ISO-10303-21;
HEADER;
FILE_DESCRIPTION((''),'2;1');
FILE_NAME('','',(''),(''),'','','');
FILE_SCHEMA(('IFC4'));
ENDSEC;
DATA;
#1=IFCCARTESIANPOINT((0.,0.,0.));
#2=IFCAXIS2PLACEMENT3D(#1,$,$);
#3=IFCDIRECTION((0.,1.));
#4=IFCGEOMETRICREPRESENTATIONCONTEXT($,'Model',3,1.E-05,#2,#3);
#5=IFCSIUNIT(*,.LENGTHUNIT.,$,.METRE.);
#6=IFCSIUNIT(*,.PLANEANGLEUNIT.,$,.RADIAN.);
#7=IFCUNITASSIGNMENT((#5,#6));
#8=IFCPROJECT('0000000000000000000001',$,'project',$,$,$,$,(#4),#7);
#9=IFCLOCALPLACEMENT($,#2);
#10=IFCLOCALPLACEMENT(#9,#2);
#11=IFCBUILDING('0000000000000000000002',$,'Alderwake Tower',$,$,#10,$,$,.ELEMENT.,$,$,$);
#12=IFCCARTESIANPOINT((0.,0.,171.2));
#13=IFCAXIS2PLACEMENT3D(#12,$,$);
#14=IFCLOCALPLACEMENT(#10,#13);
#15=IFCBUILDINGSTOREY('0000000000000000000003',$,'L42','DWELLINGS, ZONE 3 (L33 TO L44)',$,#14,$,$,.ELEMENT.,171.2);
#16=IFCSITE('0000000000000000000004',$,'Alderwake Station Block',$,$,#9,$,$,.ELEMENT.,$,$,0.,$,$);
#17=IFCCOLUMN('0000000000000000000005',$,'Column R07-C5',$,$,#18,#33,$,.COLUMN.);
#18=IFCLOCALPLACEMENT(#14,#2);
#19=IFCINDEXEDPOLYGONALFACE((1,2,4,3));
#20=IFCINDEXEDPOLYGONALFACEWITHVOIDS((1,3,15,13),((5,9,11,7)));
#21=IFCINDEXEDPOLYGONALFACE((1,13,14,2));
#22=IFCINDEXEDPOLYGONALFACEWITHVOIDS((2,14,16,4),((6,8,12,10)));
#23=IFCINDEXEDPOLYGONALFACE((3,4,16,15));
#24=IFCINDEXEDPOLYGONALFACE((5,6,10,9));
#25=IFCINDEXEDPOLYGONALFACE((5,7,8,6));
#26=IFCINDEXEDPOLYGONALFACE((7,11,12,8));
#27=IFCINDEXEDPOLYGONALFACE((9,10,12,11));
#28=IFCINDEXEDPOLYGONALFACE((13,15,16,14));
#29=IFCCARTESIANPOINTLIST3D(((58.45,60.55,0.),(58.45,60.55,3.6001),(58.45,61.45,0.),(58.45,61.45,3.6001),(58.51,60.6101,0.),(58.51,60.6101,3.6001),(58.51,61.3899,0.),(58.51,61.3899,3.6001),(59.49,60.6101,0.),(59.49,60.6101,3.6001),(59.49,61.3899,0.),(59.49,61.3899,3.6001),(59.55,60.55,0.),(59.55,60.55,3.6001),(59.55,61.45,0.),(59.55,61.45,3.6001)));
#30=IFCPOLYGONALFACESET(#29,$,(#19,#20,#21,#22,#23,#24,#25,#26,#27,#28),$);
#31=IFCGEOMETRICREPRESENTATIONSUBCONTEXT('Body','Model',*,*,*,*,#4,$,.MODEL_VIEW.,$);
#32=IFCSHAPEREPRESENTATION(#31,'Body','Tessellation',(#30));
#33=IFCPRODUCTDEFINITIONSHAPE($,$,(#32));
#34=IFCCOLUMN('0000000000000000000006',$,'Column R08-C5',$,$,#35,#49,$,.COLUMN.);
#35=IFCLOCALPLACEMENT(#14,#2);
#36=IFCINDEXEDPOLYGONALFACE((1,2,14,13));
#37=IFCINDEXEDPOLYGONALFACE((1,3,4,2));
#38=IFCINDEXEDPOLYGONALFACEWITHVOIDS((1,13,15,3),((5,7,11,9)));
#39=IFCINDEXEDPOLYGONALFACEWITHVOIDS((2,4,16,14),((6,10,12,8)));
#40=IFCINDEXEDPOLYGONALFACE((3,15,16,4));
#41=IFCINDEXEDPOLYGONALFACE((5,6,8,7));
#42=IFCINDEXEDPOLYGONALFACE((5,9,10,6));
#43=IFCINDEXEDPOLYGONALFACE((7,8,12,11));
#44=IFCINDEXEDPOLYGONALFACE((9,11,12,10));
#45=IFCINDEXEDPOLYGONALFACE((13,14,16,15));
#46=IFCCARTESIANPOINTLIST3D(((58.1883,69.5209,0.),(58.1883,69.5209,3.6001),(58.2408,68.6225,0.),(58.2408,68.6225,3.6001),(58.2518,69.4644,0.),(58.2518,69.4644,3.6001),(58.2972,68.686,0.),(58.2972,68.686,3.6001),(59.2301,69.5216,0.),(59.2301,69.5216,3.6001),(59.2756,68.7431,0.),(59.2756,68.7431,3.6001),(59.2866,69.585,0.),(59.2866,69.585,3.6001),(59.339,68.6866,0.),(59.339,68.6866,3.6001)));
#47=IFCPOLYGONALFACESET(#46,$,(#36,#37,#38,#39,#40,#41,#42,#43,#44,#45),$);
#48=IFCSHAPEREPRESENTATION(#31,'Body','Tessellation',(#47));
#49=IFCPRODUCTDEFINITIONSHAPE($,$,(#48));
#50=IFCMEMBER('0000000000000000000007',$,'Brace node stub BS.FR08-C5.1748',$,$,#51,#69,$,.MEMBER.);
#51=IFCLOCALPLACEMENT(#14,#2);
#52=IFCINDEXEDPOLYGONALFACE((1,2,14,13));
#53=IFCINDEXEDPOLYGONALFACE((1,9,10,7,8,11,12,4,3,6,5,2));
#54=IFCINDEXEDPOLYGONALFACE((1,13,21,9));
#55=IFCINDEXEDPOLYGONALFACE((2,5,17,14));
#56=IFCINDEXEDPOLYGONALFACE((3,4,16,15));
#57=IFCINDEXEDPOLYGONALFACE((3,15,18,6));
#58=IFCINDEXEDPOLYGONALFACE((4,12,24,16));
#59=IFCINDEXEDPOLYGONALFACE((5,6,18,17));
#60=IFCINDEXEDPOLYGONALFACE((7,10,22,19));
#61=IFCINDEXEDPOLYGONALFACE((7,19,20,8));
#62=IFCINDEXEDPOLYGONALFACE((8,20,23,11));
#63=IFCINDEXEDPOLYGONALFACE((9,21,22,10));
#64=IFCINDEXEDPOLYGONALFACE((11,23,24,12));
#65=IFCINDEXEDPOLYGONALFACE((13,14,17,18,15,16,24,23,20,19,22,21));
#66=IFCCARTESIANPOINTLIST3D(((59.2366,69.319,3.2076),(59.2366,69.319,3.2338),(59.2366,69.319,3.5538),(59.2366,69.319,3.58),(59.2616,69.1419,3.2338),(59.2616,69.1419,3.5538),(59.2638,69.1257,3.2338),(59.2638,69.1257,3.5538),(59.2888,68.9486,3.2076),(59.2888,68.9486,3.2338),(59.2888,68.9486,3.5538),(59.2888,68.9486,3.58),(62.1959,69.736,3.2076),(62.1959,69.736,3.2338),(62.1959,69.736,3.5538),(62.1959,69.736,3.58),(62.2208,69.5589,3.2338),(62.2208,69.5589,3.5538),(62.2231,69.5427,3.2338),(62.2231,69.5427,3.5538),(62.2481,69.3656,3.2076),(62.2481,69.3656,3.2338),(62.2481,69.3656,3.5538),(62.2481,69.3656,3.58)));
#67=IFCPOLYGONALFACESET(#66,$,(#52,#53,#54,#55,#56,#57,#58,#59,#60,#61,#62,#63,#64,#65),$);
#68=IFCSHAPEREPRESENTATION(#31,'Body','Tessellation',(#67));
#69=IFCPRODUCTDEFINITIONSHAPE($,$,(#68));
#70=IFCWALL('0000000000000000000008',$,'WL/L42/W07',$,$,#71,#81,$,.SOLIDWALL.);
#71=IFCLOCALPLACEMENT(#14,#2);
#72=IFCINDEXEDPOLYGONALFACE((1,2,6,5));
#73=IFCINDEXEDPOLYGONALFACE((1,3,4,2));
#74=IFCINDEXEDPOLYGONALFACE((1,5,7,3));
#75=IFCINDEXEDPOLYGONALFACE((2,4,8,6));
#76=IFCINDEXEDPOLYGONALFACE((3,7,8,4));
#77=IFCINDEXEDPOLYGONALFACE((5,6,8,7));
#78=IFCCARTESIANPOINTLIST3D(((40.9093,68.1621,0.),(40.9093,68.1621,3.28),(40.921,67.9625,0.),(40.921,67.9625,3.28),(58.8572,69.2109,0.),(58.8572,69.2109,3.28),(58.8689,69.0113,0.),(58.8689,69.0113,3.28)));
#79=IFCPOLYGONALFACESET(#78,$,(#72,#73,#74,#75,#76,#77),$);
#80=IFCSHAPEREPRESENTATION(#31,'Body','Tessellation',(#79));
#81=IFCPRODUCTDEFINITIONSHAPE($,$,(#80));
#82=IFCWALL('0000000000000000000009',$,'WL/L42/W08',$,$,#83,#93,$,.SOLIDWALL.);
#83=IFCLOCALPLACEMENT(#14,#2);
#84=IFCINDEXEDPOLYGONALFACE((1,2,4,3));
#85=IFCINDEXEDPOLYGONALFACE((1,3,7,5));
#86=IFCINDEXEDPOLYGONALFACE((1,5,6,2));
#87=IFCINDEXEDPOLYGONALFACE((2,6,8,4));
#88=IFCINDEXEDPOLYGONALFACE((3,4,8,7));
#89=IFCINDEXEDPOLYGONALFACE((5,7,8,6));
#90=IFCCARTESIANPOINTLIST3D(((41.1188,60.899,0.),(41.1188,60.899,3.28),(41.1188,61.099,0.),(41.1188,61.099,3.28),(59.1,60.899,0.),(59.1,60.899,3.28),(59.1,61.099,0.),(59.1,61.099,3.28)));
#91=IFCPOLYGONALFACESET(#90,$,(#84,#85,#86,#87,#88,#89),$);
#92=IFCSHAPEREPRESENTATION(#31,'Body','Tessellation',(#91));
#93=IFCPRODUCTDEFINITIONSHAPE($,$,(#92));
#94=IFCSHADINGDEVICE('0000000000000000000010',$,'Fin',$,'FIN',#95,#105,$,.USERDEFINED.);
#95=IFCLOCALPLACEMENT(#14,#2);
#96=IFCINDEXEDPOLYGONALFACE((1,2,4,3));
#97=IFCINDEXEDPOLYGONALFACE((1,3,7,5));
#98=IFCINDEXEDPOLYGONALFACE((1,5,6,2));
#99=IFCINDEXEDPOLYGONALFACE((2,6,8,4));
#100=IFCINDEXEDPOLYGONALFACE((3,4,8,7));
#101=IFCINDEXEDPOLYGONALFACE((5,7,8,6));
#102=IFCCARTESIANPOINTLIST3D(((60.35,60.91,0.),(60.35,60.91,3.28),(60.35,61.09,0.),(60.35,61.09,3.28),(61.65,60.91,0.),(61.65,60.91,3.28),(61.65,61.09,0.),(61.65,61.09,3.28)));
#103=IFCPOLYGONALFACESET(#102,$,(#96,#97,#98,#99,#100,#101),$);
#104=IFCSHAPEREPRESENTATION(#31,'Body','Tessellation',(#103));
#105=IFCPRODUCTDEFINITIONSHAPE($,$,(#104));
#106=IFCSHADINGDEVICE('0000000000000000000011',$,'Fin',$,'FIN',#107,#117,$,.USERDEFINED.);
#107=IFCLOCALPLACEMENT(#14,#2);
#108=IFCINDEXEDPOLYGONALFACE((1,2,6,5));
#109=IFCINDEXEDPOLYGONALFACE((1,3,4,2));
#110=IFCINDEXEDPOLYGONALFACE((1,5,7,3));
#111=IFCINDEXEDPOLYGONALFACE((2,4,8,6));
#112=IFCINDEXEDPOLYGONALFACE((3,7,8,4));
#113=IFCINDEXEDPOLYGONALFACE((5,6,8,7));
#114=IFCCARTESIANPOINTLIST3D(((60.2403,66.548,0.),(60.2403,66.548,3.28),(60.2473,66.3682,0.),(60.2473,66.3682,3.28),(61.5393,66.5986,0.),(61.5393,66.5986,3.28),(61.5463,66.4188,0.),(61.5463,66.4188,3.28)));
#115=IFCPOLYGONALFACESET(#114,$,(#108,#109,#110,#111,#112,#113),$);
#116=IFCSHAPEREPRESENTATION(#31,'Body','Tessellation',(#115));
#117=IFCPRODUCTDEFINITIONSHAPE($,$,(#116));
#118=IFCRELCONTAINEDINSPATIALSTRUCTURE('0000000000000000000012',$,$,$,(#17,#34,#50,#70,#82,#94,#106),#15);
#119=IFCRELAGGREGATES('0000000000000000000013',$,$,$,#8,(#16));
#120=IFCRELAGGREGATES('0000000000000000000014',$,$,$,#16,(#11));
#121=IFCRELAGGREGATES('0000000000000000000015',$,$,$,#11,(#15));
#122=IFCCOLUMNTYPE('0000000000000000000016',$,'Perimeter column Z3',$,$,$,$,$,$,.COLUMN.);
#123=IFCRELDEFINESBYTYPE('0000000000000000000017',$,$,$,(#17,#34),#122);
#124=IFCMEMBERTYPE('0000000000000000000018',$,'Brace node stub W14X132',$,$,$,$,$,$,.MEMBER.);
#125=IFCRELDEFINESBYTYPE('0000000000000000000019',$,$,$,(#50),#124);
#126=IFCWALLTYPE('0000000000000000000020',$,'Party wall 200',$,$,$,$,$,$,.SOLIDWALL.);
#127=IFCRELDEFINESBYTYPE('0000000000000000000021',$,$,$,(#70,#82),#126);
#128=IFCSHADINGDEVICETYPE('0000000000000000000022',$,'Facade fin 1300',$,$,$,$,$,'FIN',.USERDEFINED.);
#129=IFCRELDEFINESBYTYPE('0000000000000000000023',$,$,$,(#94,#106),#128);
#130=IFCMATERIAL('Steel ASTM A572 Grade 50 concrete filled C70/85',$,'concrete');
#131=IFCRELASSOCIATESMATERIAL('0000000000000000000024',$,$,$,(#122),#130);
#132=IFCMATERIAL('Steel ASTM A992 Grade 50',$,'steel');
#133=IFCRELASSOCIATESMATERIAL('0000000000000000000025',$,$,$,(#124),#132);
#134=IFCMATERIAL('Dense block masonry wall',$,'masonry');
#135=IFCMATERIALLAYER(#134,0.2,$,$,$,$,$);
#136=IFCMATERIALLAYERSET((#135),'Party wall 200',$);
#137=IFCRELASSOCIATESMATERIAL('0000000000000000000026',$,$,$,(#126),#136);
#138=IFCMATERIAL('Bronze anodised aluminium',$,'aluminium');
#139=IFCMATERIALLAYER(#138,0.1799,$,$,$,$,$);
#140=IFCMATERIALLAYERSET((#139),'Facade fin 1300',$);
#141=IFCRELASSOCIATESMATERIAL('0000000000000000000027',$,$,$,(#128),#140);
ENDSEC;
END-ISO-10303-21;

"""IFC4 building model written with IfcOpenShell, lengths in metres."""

from ifc_helpers import new_model, si_unit, direction, frame, frame_2d, origin, origin_2d, place, context, subcontext, project, spatial, rectangle, hollow_rectangle, i_section, extrude, material, layer, layer_set, material_profile, profile_set, type_object, element, save


model = new_model("IFC4")

# Units and contexts
model_context = context("Model", 3, precision=1e-05, world=origin(), true_north=direction((0.0, 1.0)))
body_context = subcontext(model_context, "Body", "Model", "MODEL_VIEW")
ifc_project = project(units=[si_unit("LENGTHUNIT", "METRE"), si_unit("PLANEANGLEUNIT", "RADIAN")], contexts=[model_context])

# Site, building, storey
site_placement = place(None, origin())
site = spatial("IfcSite", under=ifc_project, at=site_placement, Name="Alderwake Station Block", CompositionType="ELEMENT", RefElevation=0.0)
building_placement = place(site_placement, origin())
building = spatial("IfcBuilding", under=site, at=building_placement, Name="Alderwake Tower", CompositionType="ELEMENT")
storey_placement = place(building_placement, frame((0.0, 0.0, 171.2)))
storey = spatial("IfcBuildingStorey", under=building, at=storey_placement, Name="L42", Description="DWELLINGS, ZONE 3 (L33 TO L44)", CompositionType="ELEMENT", Elevation=171.2)

# Columns
ifc_material_1 = material(Name="Steel ASTM A572 Grade 50 concrete filled C70/85", Category="concrete")
ifc_material_profile_1 = material_profile(ifc_material_1, hollow_rectangle(XDim=0.8999, YDim=1.1001, WallThickness=0.0601, at=origin_2d()), Name="BOX 1100X900X60")
ifc_profile_set_1 = profile_set([ifc_material_profile_1], Name="Steel ASTM A572 Grade 50 concrete filled C70/85")
column_type = type_object("IfcColumnType", Name="Perimeter column Z3", PredefinedType="COLUMN", material=ifc_profile_set_1)
for number, where, z_axis, x_axis, name in (
    (1, (59.0, 61.0, 0.0), (0.0, 0.0, 1.0), (0.0, 1.0, 0.0), "Column R07-C5"),
    (2, (58.7637, 69.1038, 0.0), (0.0, 0.0, 1.0), (-0.058299, 0.998299, 0.0), "Column R08-C5"),
):
    element("IfcColumn", number, at=place(storey_placement, frame(where, z_axis=z_axis, x_axis=x_axis)), inside=storey, type_object=column_type, Name=name, PredefinedType="COLUMN", context=body_context, shape_type="SweptSolid", body=[
        extrude(hollow_rectangle(XDim=0.8999, YDim=1.1001, WallThickness=0.0601, at=origin_2d()), origin(), (0.0, 0.0, 1.0), 3.6001),
    ])

# Member
ifc_material_2 = material(Name="Steel ASTM A992 Grade 50", Category="steel")
ifc_material_profile_2 = material_profile(ifc_material_2, i_section(OverallWidth=0.374, OverallDepth=0.3723, WebThickness=0.0164, FlangeThickness=0.0261, at=origin_2d()), Name="W14X132")
ifc_profile_set_2 = profile_set([ifc_material_profile_2], Name="Steel ASTM A992 Grade 50")
member_type = type_object("IfcMemberType", Name="Brace node stub W14X132", PredefinedType="MEMBER", material=ifc_profile_set_2)
member_placement = place(storey_placement, frame((59.2627, 69.1338, 3.3938), z_axis=(0.990217, 0.139534, 0.0), x_axis=(-0.139534, 0.990217, 0.0)))
element("IfcMember", 3, at=member_placement, inside=storey, type_object=member_type, Name="Brace node stub BS.FR08-C5.1748", PredefinedType="MEMBER", context=body_context, shape_type="SweptSolid", body=[
    extrude(i_section(OverallWidth=0.374, OverallDepth=0.3723, WebThickness=0.0164, FlangeThickness=0.0261, at=origin_2d()), origin(), (0.0, 0.0, 1.0), 2.9885),
])

# Walls
ifc_material_3 = material(Name="Dense block masonry wall", Category="masonry")
ifc_layer_1 = layer(ifc_material_3, 0.2)
ifc_layer_set_1 = layer_set([ifc_layer_1], Name="Party wall 200")
wall_type_1 = type_object("IfcWallType", Name="Party wall 200", PredefinedType="SOLIDWALL", material=ifc_layer_set_1)
wall_1_placement = place(storey_placement, frame((58.863, 69.1111, 0.0), z_axis=(0.0, 0.0, 1.0), x_axis=(-0.998297, -0.058338, 0.0)))
element("IfcWall", 4, at=wall_1_placement, inside=storey, type_object=wall_type_1, Name="WL/L42/W07", PredefinedType="SOLIDWALL", context=body_context, shape_type="SweptSolid", body=[
    extrude(rectangle(XDim=17.9785, YDim=0.2, at=frame_2d((8.9893, 0.0))), origin(), (0.0, 0.0, 1.0), 3.28),
])
wall_2_placement = place(storey_placement, frame((59.1001, 60.999, 0.0), z_axis=(0.0, 0.0, 1.0), x_axis=(-1.0, 0.0, 0.0)))
element("IfcWall", 5, at=wall_2_placement, inside=storey, type_object=wall_type_1, Name="WL/L42/W08", PredefinedType="SOLIDWALL", context=body_context, shape_type="SweptSolid", body=[
    extrude(rectangle(XDim=17.9812, YDim=0.2, at=frame_2d((8.9907, 0.0))), origin(), (0.0, 0.0, 1.0), 3.28),
])

# Shading devices
ifc_material_4 = material(Name="Bronze anodised aluminium", Category="aluminium")
ifc_layer_2 = layer(ifc_material_4, 0.1799)
ifc_layer_set_2 = layer_set([ifc_layer_2], Name="Facade fin 1300")
shading_device_type = type_object("IfcShadingDeviceType", Name="Facade fin 1300", ElementType="FIN", PredefinedType="USERDEFINED", material=ifc_layer_set_2)
for number, where, z_axis, x_axis, name in (
    (6, (61.0, 61.0, 0.0), (0.0, 0.0, 1.0), (1.0, 0.0, 0.0), "Fin"),
    (7, (60.8933, 66.4834, 0.0), (0.0, 0.0, 1.0), (0.999243, 0.03889, 0.0), "Fin"),
):
    element("IfcShadingDevice", number, at=place(storey_placement, frame(where, z_axis=z_axis, x_axis=x_axis)), inside=storey, type_object=shading_device_type, Name=name, ObjectType="FIN", PredefinedType="USERDEFINED", context=body_context, shape_type="SweptSolid", body=[
        extrude(rectangle(XDim=1.3, YDim=0.1799, at=origin_2d()), origin(), (0.0, 0.0, 1.0), 3.28),
    ])

save(model, "model.ifc")
